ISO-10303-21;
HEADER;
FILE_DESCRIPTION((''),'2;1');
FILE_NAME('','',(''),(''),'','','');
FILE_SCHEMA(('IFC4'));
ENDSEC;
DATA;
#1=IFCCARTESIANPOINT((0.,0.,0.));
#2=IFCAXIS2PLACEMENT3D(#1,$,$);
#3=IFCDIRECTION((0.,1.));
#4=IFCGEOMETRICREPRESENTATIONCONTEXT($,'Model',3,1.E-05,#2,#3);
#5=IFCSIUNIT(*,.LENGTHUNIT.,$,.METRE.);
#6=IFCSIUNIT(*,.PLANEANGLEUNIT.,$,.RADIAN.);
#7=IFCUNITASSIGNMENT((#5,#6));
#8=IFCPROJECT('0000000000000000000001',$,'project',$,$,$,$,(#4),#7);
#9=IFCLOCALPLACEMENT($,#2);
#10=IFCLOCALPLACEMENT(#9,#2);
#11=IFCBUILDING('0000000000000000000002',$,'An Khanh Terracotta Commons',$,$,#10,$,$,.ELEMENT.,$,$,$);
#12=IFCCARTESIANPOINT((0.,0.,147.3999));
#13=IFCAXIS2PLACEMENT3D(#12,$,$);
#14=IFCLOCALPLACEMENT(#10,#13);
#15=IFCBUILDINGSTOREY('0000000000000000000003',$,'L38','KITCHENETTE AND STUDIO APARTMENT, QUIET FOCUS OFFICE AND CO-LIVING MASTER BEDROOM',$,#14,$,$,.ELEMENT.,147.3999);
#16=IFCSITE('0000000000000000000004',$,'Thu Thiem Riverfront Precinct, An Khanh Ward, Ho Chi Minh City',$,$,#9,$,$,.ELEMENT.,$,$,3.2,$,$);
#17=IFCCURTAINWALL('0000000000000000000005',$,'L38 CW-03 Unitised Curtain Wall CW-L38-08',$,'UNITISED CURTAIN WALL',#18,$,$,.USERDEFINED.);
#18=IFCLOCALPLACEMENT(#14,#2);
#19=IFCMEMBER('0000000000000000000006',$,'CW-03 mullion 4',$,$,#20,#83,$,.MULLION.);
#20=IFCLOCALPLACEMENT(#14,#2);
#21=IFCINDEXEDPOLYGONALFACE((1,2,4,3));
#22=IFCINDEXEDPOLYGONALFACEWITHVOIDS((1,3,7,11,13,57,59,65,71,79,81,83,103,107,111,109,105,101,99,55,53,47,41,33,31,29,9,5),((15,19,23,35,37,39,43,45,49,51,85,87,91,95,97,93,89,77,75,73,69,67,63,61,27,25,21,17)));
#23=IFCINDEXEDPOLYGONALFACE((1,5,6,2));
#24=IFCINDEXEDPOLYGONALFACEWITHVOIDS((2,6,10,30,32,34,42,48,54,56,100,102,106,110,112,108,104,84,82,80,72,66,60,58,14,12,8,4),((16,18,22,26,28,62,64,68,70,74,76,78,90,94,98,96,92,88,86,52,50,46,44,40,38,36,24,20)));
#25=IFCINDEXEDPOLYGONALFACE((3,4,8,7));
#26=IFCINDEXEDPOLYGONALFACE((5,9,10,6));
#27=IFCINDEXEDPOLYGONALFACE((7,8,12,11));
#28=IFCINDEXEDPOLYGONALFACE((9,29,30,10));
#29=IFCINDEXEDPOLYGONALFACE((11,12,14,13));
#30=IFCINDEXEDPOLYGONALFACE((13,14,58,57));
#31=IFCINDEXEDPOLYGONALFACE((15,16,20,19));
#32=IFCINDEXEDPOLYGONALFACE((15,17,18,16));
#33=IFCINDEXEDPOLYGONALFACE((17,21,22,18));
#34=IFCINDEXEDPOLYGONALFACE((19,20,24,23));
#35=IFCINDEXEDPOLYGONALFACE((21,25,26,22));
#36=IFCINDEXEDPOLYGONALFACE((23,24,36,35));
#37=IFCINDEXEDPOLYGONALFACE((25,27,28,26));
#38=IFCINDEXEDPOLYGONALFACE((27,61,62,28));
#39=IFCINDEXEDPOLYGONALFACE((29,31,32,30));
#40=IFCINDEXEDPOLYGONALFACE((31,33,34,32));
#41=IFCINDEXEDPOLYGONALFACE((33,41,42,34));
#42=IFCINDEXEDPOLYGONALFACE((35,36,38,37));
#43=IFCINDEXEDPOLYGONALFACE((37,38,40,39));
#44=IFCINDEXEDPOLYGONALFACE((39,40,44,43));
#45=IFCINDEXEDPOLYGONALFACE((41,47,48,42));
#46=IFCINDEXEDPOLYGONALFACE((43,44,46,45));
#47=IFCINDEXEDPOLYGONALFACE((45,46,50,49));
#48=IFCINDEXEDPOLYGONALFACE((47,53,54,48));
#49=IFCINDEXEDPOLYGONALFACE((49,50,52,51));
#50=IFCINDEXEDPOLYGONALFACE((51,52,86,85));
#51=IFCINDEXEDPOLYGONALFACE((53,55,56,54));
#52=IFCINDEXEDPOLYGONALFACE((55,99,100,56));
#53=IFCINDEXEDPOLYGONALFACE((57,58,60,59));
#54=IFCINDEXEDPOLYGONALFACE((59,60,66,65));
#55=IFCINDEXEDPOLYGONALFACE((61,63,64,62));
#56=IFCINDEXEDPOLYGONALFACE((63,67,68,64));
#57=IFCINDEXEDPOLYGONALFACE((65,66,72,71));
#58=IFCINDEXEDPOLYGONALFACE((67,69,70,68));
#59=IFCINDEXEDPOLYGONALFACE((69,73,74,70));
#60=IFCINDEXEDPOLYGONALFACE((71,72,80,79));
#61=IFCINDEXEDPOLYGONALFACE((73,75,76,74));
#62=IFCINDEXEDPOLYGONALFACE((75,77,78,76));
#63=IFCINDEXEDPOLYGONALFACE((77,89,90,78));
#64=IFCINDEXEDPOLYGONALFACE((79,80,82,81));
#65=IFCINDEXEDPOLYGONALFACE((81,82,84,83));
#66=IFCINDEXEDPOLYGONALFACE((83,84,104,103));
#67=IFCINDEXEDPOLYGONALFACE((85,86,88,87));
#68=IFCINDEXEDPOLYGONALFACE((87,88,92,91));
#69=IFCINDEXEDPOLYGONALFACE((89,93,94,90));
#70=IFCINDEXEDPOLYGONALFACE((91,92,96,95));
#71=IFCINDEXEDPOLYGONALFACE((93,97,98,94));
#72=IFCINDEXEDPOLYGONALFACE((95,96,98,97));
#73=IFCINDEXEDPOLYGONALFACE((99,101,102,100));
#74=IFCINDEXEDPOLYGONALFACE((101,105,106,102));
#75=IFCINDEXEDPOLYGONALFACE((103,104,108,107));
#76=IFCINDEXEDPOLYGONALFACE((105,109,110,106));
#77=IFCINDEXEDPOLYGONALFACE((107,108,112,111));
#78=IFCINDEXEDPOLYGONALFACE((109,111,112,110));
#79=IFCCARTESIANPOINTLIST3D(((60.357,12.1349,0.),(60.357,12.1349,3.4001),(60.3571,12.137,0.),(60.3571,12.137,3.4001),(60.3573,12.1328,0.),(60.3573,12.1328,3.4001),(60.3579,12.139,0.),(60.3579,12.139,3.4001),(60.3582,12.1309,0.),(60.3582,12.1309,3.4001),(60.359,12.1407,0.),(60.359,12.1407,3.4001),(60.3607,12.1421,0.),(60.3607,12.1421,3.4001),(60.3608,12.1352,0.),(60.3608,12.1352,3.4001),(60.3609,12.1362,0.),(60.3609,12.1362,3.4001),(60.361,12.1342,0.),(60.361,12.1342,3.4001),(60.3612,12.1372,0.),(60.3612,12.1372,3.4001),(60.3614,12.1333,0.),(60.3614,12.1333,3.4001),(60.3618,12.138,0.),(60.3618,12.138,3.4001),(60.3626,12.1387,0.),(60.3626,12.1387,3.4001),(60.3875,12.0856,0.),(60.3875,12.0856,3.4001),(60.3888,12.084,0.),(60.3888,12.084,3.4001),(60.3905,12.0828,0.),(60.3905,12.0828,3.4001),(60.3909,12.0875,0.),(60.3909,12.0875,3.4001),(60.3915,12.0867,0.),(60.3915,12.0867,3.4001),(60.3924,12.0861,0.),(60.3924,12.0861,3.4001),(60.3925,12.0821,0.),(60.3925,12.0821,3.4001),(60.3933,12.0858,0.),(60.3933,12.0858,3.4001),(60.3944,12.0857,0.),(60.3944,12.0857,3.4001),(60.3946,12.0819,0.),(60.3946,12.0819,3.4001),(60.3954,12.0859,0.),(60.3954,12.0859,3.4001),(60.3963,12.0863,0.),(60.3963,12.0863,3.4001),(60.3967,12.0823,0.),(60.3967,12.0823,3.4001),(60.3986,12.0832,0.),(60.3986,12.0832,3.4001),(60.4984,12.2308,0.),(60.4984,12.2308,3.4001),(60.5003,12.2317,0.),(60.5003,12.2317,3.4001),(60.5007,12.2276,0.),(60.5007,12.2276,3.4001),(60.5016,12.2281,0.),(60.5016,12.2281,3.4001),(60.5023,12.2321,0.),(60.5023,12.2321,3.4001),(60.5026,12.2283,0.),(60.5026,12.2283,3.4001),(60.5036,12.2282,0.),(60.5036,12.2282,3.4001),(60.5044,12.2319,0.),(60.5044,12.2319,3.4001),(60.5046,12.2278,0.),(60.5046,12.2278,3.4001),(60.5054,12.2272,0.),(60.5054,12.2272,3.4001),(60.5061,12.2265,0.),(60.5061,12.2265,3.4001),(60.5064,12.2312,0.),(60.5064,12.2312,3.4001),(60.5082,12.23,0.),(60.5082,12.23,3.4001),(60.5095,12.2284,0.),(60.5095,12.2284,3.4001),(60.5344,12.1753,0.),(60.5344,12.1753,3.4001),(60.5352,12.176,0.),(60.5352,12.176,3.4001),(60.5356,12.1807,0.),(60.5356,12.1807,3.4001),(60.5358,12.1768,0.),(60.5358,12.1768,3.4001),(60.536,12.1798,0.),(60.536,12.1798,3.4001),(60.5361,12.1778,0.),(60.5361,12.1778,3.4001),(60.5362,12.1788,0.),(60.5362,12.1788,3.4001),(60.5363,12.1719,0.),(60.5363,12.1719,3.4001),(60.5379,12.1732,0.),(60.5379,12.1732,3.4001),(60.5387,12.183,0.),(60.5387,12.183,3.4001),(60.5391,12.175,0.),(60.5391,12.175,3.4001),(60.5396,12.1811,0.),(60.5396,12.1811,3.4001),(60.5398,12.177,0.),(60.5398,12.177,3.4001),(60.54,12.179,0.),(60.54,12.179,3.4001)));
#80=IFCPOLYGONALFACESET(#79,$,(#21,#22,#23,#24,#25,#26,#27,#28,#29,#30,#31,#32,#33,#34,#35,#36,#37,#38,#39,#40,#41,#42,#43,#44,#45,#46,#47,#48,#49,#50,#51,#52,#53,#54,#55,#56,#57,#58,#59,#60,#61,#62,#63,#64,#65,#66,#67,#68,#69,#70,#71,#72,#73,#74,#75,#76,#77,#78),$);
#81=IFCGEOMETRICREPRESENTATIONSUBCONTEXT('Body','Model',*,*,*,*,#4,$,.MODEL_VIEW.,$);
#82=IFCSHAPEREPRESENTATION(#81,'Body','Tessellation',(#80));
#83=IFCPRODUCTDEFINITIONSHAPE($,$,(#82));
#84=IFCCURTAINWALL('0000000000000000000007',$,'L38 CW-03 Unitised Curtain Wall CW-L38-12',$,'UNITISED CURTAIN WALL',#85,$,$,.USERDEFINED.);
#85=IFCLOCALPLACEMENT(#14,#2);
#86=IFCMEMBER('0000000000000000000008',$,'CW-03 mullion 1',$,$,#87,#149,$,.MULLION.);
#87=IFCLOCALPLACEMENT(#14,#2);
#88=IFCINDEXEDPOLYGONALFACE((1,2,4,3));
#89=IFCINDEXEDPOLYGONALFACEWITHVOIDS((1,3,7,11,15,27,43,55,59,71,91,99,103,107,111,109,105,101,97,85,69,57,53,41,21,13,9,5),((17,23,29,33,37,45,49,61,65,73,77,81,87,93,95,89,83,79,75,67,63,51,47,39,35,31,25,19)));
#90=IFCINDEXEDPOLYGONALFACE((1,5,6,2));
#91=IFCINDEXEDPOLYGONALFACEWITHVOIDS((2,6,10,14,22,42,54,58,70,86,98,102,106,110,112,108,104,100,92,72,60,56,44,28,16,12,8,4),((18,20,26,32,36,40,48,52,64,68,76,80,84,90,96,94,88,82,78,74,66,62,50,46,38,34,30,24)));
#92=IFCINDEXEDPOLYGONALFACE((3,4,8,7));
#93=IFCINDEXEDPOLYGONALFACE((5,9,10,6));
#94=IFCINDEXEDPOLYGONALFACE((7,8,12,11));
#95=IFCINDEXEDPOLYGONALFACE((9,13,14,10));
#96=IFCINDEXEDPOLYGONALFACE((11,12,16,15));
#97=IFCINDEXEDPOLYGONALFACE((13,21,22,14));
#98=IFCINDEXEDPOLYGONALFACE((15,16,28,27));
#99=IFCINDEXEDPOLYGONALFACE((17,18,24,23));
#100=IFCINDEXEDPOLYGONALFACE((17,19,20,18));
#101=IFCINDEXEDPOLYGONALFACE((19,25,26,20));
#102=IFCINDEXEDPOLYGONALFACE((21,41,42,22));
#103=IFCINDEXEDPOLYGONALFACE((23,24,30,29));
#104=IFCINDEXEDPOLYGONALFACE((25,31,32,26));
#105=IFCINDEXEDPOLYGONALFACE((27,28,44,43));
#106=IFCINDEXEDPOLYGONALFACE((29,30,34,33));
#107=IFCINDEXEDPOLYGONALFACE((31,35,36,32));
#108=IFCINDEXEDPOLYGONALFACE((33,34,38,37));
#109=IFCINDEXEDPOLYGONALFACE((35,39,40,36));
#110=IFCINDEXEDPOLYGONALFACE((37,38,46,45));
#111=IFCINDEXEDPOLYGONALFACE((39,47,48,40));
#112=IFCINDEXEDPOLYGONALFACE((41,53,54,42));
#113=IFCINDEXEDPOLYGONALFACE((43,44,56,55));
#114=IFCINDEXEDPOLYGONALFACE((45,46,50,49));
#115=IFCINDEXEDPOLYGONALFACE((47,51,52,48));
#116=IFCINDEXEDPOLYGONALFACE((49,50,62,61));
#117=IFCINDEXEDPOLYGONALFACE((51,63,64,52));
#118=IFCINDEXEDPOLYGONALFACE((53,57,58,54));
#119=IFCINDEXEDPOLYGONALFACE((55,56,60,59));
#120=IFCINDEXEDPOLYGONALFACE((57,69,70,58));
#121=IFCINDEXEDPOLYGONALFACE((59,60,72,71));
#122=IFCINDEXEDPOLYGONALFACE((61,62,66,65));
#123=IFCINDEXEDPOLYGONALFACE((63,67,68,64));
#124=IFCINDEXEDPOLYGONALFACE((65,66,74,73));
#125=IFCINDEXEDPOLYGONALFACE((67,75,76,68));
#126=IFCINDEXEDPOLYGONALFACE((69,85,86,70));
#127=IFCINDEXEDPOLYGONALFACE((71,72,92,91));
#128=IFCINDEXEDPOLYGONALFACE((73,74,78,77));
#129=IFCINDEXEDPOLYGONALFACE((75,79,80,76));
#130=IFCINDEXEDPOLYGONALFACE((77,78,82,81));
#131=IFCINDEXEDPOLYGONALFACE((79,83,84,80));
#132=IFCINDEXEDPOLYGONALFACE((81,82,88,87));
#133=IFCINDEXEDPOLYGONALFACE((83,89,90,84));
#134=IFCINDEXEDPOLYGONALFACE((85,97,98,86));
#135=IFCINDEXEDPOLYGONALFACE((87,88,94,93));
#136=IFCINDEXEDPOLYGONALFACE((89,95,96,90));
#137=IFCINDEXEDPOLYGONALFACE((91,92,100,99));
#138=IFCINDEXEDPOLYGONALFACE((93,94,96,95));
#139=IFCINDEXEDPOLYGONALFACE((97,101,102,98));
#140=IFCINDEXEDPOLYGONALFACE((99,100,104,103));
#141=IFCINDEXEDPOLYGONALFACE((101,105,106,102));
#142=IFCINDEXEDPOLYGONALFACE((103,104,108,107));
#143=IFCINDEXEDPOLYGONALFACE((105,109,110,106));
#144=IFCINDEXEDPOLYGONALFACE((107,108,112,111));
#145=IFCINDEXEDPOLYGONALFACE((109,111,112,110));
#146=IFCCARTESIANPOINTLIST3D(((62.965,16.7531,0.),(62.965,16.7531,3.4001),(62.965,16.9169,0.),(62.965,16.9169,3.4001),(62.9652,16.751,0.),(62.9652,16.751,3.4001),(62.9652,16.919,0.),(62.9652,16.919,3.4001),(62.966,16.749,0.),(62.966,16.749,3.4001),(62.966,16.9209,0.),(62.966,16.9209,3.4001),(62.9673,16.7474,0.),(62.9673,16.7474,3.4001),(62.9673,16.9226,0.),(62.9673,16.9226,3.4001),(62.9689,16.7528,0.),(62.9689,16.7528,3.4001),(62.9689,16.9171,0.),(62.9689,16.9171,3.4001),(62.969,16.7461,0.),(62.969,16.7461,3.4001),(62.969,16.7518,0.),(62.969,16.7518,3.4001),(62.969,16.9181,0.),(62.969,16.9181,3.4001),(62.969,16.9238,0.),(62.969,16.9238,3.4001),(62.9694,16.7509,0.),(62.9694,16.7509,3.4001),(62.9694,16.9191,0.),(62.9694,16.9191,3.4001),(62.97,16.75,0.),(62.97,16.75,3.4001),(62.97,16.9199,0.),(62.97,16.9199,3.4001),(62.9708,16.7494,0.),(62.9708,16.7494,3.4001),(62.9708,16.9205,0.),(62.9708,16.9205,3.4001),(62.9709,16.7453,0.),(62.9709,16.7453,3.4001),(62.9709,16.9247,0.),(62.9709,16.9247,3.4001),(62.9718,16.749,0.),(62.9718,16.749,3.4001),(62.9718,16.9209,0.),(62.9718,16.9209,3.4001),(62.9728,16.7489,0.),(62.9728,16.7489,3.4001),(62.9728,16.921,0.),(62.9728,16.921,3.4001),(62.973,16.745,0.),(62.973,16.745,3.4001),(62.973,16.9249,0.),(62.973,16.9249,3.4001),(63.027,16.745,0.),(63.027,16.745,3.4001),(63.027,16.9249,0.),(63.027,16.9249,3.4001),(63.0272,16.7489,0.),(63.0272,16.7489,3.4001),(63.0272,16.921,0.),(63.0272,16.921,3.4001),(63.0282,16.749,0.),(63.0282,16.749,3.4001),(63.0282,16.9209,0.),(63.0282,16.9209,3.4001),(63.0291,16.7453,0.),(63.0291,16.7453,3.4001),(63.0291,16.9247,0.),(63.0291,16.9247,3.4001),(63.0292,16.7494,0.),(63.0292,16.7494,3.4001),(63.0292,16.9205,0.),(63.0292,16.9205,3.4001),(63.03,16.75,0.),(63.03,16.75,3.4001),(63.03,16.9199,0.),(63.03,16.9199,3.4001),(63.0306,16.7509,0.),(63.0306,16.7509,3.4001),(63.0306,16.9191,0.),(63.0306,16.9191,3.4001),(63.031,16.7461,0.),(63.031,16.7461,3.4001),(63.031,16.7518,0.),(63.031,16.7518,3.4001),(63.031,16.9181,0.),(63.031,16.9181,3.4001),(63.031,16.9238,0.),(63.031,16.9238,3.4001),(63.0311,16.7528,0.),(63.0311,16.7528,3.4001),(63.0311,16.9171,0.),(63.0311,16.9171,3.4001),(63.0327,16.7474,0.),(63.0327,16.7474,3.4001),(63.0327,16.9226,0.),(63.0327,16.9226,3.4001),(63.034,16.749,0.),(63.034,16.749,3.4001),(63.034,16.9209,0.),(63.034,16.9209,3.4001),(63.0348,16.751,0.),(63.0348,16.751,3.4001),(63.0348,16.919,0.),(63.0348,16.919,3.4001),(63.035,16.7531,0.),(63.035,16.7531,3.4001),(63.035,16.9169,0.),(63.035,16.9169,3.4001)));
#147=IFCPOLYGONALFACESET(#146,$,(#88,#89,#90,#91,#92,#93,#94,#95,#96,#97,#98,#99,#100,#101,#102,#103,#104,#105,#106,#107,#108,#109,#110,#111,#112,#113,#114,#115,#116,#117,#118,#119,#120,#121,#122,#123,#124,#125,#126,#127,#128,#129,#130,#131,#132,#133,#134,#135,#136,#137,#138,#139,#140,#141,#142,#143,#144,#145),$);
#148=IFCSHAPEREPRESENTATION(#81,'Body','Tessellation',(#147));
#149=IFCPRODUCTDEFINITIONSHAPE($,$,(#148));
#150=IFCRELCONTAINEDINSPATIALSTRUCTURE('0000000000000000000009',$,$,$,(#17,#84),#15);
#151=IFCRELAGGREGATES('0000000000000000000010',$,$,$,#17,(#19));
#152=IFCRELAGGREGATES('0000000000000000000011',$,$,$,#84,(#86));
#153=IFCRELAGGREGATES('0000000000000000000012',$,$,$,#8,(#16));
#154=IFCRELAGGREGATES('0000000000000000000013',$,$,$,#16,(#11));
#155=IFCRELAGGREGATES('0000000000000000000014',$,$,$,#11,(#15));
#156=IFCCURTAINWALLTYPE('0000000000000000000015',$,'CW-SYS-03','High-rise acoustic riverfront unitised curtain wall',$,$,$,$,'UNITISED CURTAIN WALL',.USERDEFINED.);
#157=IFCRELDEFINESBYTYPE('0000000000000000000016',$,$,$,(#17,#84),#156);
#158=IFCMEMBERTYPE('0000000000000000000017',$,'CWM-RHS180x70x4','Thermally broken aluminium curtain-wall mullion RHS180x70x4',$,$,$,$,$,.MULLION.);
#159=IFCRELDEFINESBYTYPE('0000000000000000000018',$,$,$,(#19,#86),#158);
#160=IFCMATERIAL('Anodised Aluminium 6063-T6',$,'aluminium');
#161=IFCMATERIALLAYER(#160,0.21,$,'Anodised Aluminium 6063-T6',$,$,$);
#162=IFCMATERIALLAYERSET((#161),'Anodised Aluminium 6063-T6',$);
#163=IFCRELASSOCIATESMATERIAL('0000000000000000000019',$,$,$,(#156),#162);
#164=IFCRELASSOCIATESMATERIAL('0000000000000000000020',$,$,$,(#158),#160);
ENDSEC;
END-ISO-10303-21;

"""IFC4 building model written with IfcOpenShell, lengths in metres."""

from ifc_helpers import new_model, si_unit, direction, frame, origin, origin_2d, place, context, subcontext, project, spatial, hollow_rectangle, extrude, material, layer, layer_set, material_profile, profile_set, type_object, element, aggregate, save


model = new_model("IFC4")

# Units and contexts
model_context = context("Model", 3, precision=1e-05, world=origin(), true_north=direction((0.0, 1.0)))
body_context = subcontext(model_context, "Body", "Model", "MODEL_VIEW")
ifc_project = project(units=[si_unit("LENGTHUNIT", "METRE"), si_unit("PLANEANGLEUNIT", "RADIAN")], contexts=[model_context])

# Site, building, storey
site_placement = place(None, origin())
site = spatial("IfcSite", under=ifc_project, at=site_placement, Name="Thu Thiem Riverfront Precinct, An Khanh Ward, Ho Chi Minh City", CompositionType="ELEMENT", RefElevation=3.2)
building_placement = place(site_placement, origin())
building = spatial("IfcBuilding", under=site, at=building_placement, Name="An Khanh Terracotta Commons", CompositionType="ELEMENT")
storey_placement = place(building_placement, frame((0.0, 0.0, 147.3999)))
storey = spatial("IfcBuildingStorey", under=building, at=storey_placement, Name="L38", Description="KITCHENETTE AND STUDIO APARTMENT, QUIET FOCUS OFFICE AND CO-LIVING MASTER BEDROOM", CompositionType="ELEMENT", Elevation=147.3999)

# Curtain walls, members
ifc_material_1 = material(Name="Anodised Aluminium 6063-T6", Category="aluminium")
ifc_layer_1 = layer(ifc_material_1, 0.21, Name="Anodised Aluminium 6063-T6")
ifc_layer_set_1 = layer_set([ifc_layer_1], Name="Anodised Aluminium 6063-T6")
curtain_wall_type = type_object("IfcCurtainWallType", Name="CW-SYS-03", Description="High-rise acoustic riverfront unitised curtain wall", ElementType="UNITISED CURTAIN WALL", PredefinedType="USERDEFINED", material=ifc_layer_set_1)
curtain_wall_1_placement = place(storey_placement, origin())
curtain_wall_1 = element("IfcCurtainWall", 1, at=curtain_wall_1_placement, inside=storey, type_object=curtain_wall_type, Name="L38 CW-03 Unitised Curtain Wall CW-L38-08", ObjectType="UNITISED CURTAIN WALL", PredefinedType="USERDEFINED")
ifc_material_profile_1 = material_profile(ifc_material_1, hollow_rectangle(XDim=0.0701, YDim=0.1799, WallThickness=0.0039, InnerFilletRadius=0.0039, OuterFilletRadius=0.0081, at=origin_2d()), Name="RHS180x70x4")
ifc_profile_set_1 = profile_set([ifc_material_profile_1], Name="Anodised Aluminium 6063-T6")
member_type_1 = type_object("IfcMemberType", Name="CWM-RHS180x70x4", Description="Thermally broken aluminium curtain-wall mullion RHS180x70x4", PredefinedType="MULLION", material=ifc_profile_set_1)
member_1_placement = place(storey_placement, frame((60.4485, 12.157, 0.0), z_axis=(0.0, 0.0, 1.0), x_axis=(-0.541498, 0.840702, 0.0)))
member_1 = element("IfcMember", 2, at=member_1_placement, type_object=member_type_1, Name="CW-03 mullion 4", PredefinedType="MULLION", context=body_context, shape_type="SweptSolid", body=[
    extrude(hollow_rectangle(XDim=0.0701, YDim=0.1799, WallThickness=0.0039, InnerFilletRadius=0.0039, OuterFilletRadius=0.0081, at=origin_2d()), origin(), (0.0, 0.0, 1.0), 3.4001),
])
curtain_wall_2_placement = place(storey_placement, origin())
curtain_wall_2 = element("IfcCurtainWall", 3, at=curtain_wall_2_placement, inside=storey, type_object=curtain_wall_type, Name="L38 CW-03 Unitised Curtain Wall CW-L38-12", ObjectType="UNITISED CURTAIN WALL", PredefinedType="USERDEFINED")
member_2_placement = place(storey_placement, frame((63.0, 16.835, 0.0), z_axis=(0.0, 0.0, 1.0), x_axis=(-1.0, 0.0, 0.0)))
member_2 = element("IfcMember", 4, at=member_2_placement, type_object=member_type_1, Name="CW-03 mullion 1", PredefinedType="MULLION", context=body_context, shape_type="SweptSolid", body=[
    extrude(hollow_rectangle(XDim=0.0701, YDim=0.1799, WallThickness=0.0039, InnerFilletRadius=0.0039, OuterFilletRadius=0.0081, at=origin_2d()), origin(), (0.0, 0.0, 1.0), 3.4001),
])

aggregate(curtain_wall_1, [member_1])
aggregate(curtain_wall_2, [member_2])

save(model, "model.ifc")
